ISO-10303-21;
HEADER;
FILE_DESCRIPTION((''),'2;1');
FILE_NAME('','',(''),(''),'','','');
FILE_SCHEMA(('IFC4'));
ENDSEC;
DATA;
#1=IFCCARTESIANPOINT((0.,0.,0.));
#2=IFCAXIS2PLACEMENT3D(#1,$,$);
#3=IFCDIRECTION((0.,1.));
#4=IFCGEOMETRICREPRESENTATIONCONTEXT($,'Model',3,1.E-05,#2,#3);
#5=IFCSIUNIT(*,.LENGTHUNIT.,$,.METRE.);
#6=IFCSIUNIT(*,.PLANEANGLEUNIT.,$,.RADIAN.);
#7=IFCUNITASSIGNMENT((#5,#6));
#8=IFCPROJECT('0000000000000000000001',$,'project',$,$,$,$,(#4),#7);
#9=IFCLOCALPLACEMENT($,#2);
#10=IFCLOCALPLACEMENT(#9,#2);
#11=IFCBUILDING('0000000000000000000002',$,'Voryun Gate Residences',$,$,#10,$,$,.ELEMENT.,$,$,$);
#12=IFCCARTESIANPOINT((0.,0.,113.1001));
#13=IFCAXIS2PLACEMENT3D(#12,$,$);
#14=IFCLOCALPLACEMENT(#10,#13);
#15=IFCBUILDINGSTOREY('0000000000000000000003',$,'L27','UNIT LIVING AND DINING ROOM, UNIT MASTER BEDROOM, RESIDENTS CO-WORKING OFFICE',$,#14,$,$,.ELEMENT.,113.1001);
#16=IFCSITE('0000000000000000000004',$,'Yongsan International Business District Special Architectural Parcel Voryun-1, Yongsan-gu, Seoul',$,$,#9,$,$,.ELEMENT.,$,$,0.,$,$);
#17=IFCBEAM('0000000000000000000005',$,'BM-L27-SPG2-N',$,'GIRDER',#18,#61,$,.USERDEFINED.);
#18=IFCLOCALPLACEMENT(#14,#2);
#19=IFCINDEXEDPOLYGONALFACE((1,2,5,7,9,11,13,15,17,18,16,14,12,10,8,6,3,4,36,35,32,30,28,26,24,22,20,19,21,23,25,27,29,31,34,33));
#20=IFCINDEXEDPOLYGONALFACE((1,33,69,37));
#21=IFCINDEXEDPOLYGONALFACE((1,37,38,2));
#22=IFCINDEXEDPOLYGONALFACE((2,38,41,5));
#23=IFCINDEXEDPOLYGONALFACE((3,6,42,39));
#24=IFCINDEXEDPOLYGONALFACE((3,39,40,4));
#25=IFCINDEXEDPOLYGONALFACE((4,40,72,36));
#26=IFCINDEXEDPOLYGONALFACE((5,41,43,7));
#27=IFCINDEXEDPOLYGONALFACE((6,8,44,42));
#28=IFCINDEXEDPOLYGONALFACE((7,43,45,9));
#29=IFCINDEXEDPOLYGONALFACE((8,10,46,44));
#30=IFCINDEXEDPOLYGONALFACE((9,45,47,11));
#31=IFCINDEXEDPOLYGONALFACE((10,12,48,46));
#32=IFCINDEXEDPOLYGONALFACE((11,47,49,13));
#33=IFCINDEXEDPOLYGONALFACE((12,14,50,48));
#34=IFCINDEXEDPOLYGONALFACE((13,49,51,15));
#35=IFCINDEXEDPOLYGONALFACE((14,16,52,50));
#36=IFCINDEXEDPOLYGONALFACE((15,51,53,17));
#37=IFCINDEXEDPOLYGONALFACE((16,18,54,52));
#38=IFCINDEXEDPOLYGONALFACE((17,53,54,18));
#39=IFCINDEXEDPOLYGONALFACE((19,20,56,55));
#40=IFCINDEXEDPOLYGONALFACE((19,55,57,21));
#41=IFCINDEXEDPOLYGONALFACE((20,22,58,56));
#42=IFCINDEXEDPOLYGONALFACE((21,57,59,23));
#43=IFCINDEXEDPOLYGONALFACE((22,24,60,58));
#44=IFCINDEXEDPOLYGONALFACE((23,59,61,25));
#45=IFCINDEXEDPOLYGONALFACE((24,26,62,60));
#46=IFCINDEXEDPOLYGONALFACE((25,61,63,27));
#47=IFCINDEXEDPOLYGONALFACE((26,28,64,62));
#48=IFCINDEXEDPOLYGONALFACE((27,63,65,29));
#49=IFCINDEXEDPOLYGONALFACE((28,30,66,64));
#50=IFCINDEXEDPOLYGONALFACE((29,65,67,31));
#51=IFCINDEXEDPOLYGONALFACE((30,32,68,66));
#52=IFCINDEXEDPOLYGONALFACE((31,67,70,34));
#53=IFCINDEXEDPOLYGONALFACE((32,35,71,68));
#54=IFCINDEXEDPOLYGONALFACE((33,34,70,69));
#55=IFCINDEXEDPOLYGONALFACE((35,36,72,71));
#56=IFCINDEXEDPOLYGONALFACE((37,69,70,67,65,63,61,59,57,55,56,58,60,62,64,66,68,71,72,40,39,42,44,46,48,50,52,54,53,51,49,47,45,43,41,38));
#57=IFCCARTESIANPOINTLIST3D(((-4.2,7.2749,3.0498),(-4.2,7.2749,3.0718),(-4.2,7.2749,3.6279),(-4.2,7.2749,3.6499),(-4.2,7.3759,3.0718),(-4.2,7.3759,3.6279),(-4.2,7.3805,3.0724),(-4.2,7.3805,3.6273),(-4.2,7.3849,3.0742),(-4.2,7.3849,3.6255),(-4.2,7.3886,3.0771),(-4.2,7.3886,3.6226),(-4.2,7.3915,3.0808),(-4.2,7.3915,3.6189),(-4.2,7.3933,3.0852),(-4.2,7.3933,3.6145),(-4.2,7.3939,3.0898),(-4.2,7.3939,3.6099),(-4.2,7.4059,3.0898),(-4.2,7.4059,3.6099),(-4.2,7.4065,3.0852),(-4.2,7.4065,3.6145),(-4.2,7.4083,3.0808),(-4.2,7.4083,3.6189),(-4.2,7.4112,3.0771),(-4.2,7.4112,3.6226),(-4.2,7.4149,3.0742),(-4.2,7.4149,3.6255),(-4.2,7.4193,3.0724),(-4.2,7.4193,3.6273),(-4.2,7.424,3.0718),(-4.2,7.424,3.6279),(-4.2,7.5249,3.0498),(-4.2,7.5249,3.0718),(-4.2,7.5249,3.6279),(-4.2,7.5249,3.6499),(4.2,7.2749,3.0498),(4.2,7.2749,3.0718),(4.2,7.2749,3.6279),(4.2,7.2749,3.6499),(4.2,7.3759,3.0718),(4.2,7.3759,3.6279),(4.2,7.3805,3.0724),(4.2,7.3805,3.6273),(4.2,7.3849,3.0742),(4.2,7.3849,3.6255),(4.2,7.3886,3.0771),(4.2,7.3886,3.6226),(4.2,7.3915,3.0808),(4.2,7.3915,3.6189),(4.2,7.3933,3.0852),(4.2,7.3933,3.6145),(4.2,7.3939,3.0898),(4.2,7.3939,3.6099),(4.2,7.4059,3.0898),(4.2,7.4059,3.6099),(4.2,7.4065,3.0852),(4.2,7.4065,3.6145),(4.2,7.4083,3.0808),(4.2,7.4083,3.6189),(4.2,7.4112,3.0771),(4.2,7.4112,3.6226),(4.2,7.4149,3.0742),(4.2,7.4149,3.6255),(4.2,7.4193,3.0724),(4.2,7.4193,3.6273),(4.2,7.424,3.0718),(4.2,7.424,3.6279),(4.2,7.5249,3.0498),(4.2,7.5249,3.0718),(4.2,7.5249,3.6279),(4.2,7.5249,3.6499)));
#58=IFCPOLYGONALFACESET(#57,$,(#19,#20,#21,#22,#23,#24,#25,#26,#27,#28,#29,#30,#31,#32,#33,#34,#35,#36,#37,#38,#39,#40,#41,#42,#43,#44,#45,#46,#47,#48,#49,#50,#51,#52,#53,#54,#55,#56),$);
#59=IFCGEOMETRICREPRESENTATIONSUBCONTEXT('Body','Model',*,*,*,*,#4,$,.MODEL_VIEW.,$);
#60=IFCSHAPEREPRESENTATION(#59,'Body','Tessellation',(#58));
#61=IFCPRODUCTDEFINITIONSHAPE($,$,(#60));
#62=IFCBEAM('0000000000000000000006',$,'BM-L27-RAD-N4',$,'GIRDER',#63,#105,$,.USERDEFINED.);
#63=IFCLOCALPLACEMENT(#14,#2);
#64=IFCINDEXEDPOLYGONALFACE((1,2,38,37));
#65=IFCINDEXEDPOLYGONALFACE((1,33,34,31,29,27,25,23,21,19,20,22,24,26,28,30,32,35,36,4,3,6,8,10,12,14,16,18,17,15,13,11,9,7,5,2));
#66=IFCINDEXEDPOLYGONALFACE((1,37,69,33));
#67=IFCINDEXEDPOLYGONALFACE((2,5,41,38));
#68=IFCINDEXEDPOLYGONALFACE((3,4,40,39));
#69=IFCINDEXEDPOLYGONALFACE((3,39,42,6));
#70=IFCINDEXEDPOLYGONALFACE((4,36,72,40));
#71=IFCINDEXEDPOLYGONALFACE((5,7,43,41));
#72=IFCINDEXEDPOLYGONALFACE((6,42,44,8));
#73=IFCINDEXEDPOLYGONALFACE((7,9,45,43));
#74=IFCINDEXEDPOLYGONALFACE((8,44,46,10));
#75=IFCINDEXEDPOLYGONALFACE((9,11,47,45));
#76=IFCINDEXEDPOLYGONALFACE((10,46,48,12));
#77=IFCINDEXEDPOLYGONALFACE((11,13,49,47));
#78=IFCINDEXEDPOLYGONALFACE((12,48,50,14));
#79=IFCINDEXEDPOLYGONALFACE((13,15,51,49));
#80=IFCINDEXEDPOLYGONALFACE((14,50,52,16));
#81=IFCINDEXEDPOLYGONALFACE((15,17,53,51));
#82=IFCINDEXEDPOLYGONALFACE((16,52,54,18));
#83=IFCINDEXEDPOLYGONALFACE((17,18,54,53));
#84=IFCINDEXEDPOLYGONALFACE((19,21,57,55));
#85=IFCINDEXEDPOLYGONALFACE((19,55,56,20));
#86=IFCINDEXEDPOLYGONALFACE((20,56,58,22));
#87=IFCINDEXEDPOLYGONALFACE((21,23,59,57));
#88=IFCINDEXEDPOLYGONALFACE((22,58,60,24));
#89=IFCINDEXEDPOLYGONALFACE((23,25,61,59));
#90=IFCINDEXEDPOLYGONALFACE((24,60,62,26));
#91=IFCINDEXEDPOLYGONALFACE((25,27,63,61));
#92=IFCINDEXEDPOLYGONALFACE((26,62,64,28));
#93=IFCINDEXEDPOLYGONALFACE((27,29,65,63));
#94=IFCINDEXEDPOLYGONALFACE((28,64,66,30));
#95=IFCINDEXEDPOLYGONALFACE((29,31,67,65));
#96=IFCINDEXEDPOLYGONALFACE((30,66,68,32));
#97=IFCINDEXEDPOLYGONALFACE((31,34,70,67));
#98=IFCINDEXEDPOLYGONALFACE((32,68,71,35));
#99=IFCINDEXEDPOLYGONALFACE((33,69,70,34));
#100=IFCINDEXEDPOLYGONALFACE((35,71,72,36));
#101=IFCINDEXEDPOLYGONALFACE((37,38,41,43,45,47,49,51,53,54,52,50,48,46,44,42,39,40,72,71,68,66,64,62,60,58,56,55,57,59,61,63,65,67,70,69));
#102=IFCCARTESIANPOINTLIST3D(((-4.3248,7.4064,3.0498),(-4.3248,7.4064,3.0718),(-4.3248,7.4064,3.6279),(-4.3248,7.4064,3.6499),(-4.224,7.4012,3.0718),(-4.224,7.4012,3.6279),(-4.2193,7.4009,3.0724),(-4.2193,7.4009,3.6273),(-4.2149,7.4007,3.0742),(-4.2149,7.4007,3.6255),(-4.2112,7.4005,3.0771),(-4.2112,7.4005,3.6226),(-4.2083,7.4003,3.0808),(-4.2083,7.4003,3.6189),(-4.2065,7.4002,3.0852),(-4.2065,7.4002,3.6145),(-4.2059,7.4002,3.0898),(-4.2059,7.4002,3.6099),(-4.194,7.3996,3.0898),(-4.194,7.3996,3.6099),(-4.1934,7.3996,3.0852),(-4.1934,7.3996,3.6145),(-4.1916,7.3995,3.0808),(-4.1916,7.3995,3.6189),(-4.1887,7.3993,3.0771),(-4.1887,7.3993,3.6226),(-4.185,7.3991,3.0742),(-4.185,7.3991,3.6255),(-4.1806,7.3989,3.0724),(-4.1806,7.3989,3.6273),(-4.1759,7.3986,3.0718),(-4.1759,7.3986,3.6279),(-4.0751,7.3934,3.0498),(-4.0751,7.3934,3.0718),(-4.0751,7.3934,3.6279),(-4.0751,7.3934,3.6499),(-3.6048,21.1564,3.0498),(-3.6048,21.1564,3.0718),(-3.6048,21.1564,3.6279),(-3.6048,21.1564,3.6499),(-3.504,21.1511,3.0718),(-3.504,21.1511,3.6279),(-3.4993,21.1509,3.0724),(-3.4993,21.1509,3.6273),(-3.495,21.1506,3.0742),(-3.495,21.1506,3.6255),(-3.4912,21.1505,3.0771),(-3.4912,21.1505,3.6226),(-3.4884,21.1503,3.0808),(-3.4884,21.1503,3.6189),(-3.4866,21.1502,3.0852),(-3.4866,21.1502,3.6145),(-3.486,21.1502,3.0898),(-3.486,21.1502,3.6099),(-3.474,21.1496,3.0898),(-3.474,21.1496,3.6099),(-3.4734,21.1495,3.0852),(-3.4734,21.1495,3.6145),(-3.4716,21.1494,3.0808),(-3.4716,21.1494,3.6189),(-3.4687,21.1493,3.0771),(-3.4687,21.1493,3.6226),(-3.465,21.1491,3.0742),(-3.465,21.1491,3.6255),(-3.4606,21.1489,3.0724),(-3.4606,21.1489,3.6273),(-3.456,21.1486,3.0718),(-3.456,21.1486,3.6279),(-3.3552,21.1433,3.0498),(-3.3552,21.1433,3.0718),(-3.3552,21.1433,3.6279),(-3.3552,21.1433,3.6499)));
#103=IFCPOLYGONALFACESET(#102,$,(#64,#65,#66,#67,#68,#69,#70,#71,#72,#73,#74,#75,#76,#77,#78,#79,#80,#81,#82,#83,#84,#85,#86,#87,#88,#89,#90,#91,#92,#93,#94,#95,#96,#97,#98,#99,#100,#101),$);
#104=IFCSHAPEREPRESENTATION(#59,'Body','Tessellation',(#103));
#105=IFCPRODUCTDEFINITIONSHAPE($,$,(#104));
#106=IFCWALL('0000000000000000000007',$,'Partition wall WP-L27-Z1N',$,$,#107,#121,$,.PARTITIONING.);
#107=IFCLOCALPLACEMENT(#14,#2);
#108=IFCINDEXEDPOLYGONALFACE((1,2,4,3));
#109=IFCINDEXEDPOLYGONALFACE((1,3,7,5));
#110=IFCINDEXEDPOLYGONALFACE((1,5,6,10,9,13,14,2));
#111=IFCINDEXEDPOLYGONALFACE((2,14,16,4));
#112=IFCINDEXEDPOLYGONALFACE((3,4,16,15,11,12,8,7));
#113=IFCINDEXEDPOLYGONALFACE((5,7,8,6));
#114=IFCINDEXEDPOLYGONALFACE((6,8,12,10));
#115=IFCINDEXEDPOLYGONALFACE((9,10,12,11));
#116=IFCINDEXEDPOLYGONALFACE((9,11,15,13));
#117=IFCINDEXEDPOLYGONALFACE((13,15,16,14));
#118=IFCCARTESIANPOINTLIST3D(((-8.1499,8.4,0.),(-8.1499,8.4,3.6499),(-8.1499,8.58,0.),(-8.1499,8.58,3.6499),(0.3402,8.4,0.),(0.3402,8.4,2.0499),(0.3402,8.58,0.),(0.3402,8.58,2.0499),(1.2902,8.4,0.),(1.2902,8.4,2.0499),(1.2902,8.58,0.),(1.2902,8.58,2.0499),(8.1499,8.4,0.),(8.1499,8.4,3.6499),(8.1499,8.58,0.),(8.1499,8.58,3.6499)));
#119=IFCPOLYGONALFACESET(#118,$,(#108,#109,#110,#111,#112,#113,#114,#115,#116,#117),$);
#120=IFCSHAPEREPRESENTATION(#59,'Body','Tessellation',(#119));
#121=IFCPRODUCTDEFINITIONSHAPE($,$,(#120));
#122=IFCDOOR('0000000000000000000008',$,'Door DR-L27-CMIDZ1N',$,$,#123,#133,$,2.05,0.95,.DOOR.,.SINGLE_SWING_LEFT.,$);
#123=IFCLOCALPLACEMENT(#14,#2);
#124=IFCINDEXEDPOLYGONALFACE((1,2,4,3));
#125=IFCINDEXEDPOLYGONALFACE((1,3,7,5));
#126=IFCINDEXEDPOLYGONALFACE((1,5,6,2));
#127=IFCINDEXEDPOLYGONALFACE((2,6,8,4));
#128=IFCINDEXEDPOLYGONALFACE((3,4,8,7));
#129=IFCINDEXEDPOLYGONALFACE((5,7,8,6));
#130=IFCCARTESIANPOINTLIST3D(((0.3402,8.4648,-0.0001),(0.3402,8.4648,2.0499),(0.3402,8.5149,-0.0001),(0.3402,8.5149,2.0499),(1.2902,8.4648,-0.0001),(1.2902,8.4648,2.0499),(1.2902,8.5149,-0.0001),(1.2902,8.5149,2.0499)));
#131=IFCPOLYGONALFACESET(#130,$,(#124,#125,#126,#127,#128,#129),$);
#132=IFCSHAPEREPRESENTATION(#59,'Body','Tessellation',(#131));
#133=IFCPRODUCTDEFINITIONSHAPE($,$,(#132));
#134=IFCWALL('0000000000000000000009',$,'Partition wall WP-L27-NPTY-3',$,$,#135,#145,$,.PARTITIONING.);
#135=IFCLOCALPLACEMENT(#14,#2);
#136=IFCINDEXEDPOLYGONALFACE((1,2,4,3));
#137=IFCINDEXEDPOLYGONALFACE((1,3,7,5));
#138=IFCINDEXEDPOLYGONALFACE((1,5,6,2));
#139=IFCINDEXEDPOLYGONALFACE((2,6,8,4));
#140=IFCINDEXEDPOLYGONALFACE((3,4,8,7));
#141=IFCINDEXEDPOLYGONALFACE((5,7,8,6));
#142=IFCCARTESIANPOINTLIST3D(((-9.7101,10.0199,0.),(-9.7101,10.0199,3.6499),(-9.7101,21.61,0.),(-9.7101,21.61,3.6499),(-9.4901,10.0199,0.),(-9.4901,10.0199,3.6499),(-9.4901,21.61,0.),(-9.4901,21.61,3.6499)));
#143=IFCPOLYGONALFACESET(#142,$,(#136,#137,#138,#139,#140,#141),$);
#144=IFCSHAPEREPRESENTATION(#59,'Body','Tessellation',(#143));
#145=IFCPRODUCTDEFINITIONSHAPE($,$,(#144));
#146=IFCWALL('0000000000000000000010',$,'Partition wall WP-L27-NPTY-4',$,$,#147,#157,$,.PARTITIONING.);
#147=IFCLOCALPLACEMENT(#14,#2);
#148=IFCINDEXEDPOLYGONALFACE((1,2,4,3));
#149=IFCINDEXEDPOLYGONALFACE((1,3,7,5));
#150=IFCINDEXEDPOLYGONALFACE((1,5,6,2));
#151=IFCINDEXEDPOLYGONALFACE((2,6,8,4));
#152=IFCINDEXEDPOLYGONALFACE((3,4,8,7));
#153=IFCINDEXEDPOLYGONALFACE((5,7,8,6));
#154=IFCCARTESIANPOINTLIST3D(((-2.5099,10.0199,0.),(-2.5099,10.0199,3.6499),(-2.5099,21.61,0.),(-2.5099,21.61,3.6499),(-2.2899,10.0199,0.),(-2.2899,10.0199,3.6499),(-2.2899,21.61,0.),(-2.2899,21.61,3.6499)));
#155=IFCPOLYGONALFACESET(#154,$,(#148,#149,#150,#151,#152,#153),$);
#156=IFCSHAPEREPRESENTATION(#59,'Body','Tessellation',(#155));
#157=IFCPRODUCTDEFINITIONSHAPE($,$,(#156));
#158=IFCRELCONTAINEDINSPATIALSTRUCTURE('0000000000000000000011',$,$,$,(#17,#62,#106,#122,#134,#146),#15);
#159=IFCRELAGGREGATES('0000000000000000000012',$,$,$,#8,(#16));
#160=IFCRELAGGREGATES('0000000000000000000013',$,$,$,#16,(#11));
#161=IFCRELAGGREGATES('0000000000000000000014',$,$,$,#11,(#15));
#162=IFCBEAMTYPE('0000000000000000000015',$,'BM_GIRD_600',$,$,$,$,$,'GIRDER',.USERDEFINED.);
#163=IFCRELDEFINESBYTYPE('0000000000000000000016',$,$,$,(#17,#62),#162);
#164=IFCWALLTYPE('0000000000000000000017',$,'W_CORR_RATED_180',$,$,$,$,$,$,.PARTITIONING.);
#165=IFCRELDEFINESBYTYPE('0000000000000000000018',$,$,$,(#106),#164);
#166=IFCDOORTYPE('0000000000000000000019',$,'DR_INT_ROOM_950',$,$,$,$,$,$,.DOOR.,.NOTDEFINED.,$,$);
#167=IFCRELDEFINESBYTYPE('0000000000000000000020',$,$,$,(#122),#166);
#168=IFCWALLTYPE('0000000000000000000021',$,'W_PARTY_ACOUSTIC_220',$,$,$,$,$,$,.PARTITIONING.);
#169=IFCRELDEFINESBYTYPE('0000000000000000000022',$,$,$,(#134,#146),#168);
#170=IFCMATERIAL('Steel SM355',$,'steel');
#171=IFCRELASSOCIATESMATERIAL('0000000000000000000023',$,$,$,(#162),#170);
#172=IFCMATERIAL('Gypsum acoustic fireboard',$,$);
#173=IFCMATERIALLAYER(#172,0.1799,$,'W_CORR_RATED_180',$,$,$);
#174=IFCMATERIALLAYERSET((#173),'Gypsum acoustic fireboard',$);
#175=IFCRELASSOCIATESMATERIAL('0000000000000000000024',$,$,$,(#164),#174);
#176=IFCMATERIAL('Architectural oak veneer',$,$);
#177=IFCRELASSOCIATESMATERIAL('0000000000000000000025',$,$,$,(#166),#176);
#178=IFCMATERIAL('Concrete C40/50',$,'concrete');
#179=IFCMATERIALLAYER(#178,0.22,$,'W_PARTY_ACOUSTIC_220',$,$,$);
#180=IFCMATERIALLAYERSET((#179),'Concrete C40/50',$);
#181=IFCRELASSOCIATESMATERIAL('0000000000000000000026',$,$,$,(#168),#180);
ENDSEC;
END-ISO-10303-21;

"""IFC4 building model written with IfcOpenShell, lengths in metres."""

from ifc_helpers import new_model, si_unit, direction, frame, frame_2d, origin, origin_2d, place, context, subcontext, project, spatial, rectangle, i_section, extrude, material, layer, layer_set, material_profile, profile_set, type_object, element, fill, save


model = new_model("IFC4")

# Units and contexts
model_context = context("Model", 3, precision=1e-05, world=origin(), true_north=direction((0.0, 1.0)))
body_context = subcontext(model_context, "Body", "Model", "MODEL_VIEW")
ifc_project = project(units=[si_unit("LENGTHUNIT", "METRE"), si_unit("PLANEANGLEUNIT", "RADIAN")], contexts=[model_context])

# Site, building, storey
site_placement = place(None, origin())
site = spatial("IfcSite", under=ifc_project, at=site_placement, Name="Yongsan International Business District Special Architectural Parcel Voryun-1, Yongsan-gu, Seoul", CompositionType="ELEMENT", RefElevation=0.0)
building_placement = place(site_placement, origin())
building = spatial("IfcBuilding", under=site, at=building_placement, Name="Voryun Gate Residences", CompositionType="ELEMENT")
storey_placement = place(building_placement, frame((0.0, 0.0, 113.1001)))
storey = spatial("IfcBuildingStorey", under=building, at=storey_placement, Name="L27", Description="UNIT LIVING AND DINING ROOM, UNIT MASTER BEDROOM, RESIDENTS CO-WORKING OFFICE", CompositionType="ELEMENT", Elevation=113.1001)

# Beams
ifc_material_1 = material(Name="Steel SM355", Category="steel")
ifc_material_profile_1 = material_profile(ifc_material_1, i_section(OverallWidth=0.25, OverallDepth=0.6001, WebThickness=0.012, FlangeThickness=0.022, FilletRadius=0.0181, at=origin_2d()), Name="H-600x250x12x22")
ifc_profile_set_1 = profile_set([ifc_material_profile_1], Name="Steel SM355")
beam_type_1 = type_object("IfcBeamType", Name="BM_GIRD_600", ElementType="GIRDER", PredefinedType="USERDEFINED", material=ifc_profile_set_1)
beam_1_placement = place(storey_placement, frame((-4.2, 7.3999, 3.3499), z_axis=(1.0, 0.0, 0.0), x_axis=(0.0, 1.0, 0.0)))
element("IfcBeam", 1, at=beam_1_placement, inside=storey, type_object=beam_type_1, Name="BM-L27-SPG2-N", ObjectType="GIRDER", PredefinedType="USERDEFINED", context=body_context, shape_type="SweptSolid", body=[
    extrude(i_section(OverallWidth=0.25, OverallDepth=0.6001, WebThickness=0.012, FlangeThickness=0.022, FilletRadius=0.0181, at=origin_2d()), origin(), (0.0, 0.0, 1.0), 8.3999),
])
beam_2_placement = place(storey_placement, frame((-4.2, 7.3999, 3.3499), z_axis=(0.05229, 0.998632, 0.0), x_axis=(-0.998632, 0.05229, 0.0)))
element("IfcBeam", 2, at=beam_2_placement, inside=storey, type_object=beam_type_1, Name="BM-L27-RAD-N4", ObjectType="GIRDER", PredefinedType="USERDEFINED", context=body_context, shape_type="SweptSolid", body=[
    extrude(i_section(OverallWidth=0.25, OverallDepth=0.6001, WebThickness=0.012, FlangeThickness=0.022, FilletRadius=0.0181, at=origin_2d()), origin(), (0.0, 0.0, 1.0), 13.7688),
])

# Wall, opening, door
ifc_material_2 = material(Name="Gypsum acoustic fireboard")
ifc_layer_1 = layer(ifc_material_2, 0.1799, Name="W_CORR_RATED_180")
ifc_layer_set_1 = layer_set([ifc_layer_1], Name="Gypsum acoustic fireboard")
wall_type_1 = type_object("IfcWallType", Name="W_CORR_RATED_180", PredefinedType="PARTITIONING", material=ifc_layer_set_1)
wall_1_placement = place(storey_placement, frame((-8.1499, 8.49, 0.0), z_axis=(0.0, 0.0, 1.0), x_axis=(1.0, 0.0, 0.0)))
wall_1 = element("IfcWall", 3, at=wall_1_placement, inside=storey, type_object=wall_type_1, Name="Partition wall WP-L27-Z1N", PredefinedType="PARTITIONING", context=body_context, shape_type="SweptSolid", body=[
    extrude(rectangle(XDim=16.2998, YDim=0.1799, at=frame_2d((8.1499, 0.0))), origin(), (0.0, 0.0, 1.0), 3.6499),
])
opening_1_placement = place(wall_1_placement, frame((8.49, 0.0, 0.0)))
opening_1 = element("IfcOpeningElement", 4, at=opening_1_placement, cuts=wall_1, PredefinedType="OPENING", context=body_context, shape_type="SweptSolid", body=[
    extrude(rectangle(XDim=0.95, YDim=2.05, at=frame_2d((0.4751, 1.0249))), frame((0.0, 0.0999, 0.0), z_axis=(0.0, -1.0, 0.0), x_axis=(1.0, 0.0, 0.0)), (0.0, 0.0, 1.0), 0.2),
])
ifc_material_3 = material(Name="Architectural oak veneer")
door_type_1 = type_object("IfcDoorType", Name="DR_INT_ROOM_950", OperationType="NOTDEFINED", PredefinedType="DOOR", material=ifc_material_3)
door_1_placement = place(opening_1_placement, origin())
door_1 = element("IfcDoor", 5, at=door_1_placement, inside=storey, type_object=door_type_1, Name="Door DR-L27-CMIDZ1N", OperationType="SINGLE_SWING_LEFT", OverallHeight=2.05, OverallWidth=0.95, PredefinedType="DOOR", context=body_context, shape_type="SweptSolid", body=[
    extrude(rectangle(XDim=0.95, YDim=2.05, at=frame_2d((0.4751, 1.0249))), frame((0.0, 0.0249, 0.0), z_axis=(0.0, -1.0, 0.0), x_axis=(1.0, 0.0, 0.0)), (0.0, 0.0, 1.0), 0.05),
])
fill(opening_1, door_1)

# Walls
ifc_material_4 = material(Name="Concrete C40/50", Category="concrete")
ifc_layer_2 = layer(ifc_material_4, 0.22, Name="W_PARTY_ACOUSTIC_220")
ifc_layer_set_2 = layer_set([ifc_layer_2], Name="Concrete C40/50")
wall_type_2 = type_object("IfcWallType", Name="W_PARTY_ACOUSTIC_220", PredefinedType="PARTITIONING", material=ifc_layer_set_2)
for number, where, z_axis, x_axis, name in (
    (6, (-9.6001, 10.02, 0.0), (0.0, 0.0, 1.0), (0.0, 1.0, 0.0), "Partition wall WP-L27-NPTY-3"),
    (7, (-2.3999, 10.02, 0.0), (0.0, 0.0, 1.0), (0.0, 1.0, 0.0), "Partition wall WP-L27-NPTY-4"),
):
    element("IfcWall", number, at=place(storey_placement, frame(where, z_axis=z_axis, x_axis=x_axis)), inside=storey, type_object=wall_type_2, Name=name, PredefinedType="PARTITIONING", context=body_context, shape_type="SweptSolid", body=[
        extrude(rectangle(XDim=11.5901, YDim=0.22, at=frame_2d((5.7949, 0.0))), origin(), (0.0, 0.0, 1.0), 3.6499),
    ])

save(model, "model.ifc")
